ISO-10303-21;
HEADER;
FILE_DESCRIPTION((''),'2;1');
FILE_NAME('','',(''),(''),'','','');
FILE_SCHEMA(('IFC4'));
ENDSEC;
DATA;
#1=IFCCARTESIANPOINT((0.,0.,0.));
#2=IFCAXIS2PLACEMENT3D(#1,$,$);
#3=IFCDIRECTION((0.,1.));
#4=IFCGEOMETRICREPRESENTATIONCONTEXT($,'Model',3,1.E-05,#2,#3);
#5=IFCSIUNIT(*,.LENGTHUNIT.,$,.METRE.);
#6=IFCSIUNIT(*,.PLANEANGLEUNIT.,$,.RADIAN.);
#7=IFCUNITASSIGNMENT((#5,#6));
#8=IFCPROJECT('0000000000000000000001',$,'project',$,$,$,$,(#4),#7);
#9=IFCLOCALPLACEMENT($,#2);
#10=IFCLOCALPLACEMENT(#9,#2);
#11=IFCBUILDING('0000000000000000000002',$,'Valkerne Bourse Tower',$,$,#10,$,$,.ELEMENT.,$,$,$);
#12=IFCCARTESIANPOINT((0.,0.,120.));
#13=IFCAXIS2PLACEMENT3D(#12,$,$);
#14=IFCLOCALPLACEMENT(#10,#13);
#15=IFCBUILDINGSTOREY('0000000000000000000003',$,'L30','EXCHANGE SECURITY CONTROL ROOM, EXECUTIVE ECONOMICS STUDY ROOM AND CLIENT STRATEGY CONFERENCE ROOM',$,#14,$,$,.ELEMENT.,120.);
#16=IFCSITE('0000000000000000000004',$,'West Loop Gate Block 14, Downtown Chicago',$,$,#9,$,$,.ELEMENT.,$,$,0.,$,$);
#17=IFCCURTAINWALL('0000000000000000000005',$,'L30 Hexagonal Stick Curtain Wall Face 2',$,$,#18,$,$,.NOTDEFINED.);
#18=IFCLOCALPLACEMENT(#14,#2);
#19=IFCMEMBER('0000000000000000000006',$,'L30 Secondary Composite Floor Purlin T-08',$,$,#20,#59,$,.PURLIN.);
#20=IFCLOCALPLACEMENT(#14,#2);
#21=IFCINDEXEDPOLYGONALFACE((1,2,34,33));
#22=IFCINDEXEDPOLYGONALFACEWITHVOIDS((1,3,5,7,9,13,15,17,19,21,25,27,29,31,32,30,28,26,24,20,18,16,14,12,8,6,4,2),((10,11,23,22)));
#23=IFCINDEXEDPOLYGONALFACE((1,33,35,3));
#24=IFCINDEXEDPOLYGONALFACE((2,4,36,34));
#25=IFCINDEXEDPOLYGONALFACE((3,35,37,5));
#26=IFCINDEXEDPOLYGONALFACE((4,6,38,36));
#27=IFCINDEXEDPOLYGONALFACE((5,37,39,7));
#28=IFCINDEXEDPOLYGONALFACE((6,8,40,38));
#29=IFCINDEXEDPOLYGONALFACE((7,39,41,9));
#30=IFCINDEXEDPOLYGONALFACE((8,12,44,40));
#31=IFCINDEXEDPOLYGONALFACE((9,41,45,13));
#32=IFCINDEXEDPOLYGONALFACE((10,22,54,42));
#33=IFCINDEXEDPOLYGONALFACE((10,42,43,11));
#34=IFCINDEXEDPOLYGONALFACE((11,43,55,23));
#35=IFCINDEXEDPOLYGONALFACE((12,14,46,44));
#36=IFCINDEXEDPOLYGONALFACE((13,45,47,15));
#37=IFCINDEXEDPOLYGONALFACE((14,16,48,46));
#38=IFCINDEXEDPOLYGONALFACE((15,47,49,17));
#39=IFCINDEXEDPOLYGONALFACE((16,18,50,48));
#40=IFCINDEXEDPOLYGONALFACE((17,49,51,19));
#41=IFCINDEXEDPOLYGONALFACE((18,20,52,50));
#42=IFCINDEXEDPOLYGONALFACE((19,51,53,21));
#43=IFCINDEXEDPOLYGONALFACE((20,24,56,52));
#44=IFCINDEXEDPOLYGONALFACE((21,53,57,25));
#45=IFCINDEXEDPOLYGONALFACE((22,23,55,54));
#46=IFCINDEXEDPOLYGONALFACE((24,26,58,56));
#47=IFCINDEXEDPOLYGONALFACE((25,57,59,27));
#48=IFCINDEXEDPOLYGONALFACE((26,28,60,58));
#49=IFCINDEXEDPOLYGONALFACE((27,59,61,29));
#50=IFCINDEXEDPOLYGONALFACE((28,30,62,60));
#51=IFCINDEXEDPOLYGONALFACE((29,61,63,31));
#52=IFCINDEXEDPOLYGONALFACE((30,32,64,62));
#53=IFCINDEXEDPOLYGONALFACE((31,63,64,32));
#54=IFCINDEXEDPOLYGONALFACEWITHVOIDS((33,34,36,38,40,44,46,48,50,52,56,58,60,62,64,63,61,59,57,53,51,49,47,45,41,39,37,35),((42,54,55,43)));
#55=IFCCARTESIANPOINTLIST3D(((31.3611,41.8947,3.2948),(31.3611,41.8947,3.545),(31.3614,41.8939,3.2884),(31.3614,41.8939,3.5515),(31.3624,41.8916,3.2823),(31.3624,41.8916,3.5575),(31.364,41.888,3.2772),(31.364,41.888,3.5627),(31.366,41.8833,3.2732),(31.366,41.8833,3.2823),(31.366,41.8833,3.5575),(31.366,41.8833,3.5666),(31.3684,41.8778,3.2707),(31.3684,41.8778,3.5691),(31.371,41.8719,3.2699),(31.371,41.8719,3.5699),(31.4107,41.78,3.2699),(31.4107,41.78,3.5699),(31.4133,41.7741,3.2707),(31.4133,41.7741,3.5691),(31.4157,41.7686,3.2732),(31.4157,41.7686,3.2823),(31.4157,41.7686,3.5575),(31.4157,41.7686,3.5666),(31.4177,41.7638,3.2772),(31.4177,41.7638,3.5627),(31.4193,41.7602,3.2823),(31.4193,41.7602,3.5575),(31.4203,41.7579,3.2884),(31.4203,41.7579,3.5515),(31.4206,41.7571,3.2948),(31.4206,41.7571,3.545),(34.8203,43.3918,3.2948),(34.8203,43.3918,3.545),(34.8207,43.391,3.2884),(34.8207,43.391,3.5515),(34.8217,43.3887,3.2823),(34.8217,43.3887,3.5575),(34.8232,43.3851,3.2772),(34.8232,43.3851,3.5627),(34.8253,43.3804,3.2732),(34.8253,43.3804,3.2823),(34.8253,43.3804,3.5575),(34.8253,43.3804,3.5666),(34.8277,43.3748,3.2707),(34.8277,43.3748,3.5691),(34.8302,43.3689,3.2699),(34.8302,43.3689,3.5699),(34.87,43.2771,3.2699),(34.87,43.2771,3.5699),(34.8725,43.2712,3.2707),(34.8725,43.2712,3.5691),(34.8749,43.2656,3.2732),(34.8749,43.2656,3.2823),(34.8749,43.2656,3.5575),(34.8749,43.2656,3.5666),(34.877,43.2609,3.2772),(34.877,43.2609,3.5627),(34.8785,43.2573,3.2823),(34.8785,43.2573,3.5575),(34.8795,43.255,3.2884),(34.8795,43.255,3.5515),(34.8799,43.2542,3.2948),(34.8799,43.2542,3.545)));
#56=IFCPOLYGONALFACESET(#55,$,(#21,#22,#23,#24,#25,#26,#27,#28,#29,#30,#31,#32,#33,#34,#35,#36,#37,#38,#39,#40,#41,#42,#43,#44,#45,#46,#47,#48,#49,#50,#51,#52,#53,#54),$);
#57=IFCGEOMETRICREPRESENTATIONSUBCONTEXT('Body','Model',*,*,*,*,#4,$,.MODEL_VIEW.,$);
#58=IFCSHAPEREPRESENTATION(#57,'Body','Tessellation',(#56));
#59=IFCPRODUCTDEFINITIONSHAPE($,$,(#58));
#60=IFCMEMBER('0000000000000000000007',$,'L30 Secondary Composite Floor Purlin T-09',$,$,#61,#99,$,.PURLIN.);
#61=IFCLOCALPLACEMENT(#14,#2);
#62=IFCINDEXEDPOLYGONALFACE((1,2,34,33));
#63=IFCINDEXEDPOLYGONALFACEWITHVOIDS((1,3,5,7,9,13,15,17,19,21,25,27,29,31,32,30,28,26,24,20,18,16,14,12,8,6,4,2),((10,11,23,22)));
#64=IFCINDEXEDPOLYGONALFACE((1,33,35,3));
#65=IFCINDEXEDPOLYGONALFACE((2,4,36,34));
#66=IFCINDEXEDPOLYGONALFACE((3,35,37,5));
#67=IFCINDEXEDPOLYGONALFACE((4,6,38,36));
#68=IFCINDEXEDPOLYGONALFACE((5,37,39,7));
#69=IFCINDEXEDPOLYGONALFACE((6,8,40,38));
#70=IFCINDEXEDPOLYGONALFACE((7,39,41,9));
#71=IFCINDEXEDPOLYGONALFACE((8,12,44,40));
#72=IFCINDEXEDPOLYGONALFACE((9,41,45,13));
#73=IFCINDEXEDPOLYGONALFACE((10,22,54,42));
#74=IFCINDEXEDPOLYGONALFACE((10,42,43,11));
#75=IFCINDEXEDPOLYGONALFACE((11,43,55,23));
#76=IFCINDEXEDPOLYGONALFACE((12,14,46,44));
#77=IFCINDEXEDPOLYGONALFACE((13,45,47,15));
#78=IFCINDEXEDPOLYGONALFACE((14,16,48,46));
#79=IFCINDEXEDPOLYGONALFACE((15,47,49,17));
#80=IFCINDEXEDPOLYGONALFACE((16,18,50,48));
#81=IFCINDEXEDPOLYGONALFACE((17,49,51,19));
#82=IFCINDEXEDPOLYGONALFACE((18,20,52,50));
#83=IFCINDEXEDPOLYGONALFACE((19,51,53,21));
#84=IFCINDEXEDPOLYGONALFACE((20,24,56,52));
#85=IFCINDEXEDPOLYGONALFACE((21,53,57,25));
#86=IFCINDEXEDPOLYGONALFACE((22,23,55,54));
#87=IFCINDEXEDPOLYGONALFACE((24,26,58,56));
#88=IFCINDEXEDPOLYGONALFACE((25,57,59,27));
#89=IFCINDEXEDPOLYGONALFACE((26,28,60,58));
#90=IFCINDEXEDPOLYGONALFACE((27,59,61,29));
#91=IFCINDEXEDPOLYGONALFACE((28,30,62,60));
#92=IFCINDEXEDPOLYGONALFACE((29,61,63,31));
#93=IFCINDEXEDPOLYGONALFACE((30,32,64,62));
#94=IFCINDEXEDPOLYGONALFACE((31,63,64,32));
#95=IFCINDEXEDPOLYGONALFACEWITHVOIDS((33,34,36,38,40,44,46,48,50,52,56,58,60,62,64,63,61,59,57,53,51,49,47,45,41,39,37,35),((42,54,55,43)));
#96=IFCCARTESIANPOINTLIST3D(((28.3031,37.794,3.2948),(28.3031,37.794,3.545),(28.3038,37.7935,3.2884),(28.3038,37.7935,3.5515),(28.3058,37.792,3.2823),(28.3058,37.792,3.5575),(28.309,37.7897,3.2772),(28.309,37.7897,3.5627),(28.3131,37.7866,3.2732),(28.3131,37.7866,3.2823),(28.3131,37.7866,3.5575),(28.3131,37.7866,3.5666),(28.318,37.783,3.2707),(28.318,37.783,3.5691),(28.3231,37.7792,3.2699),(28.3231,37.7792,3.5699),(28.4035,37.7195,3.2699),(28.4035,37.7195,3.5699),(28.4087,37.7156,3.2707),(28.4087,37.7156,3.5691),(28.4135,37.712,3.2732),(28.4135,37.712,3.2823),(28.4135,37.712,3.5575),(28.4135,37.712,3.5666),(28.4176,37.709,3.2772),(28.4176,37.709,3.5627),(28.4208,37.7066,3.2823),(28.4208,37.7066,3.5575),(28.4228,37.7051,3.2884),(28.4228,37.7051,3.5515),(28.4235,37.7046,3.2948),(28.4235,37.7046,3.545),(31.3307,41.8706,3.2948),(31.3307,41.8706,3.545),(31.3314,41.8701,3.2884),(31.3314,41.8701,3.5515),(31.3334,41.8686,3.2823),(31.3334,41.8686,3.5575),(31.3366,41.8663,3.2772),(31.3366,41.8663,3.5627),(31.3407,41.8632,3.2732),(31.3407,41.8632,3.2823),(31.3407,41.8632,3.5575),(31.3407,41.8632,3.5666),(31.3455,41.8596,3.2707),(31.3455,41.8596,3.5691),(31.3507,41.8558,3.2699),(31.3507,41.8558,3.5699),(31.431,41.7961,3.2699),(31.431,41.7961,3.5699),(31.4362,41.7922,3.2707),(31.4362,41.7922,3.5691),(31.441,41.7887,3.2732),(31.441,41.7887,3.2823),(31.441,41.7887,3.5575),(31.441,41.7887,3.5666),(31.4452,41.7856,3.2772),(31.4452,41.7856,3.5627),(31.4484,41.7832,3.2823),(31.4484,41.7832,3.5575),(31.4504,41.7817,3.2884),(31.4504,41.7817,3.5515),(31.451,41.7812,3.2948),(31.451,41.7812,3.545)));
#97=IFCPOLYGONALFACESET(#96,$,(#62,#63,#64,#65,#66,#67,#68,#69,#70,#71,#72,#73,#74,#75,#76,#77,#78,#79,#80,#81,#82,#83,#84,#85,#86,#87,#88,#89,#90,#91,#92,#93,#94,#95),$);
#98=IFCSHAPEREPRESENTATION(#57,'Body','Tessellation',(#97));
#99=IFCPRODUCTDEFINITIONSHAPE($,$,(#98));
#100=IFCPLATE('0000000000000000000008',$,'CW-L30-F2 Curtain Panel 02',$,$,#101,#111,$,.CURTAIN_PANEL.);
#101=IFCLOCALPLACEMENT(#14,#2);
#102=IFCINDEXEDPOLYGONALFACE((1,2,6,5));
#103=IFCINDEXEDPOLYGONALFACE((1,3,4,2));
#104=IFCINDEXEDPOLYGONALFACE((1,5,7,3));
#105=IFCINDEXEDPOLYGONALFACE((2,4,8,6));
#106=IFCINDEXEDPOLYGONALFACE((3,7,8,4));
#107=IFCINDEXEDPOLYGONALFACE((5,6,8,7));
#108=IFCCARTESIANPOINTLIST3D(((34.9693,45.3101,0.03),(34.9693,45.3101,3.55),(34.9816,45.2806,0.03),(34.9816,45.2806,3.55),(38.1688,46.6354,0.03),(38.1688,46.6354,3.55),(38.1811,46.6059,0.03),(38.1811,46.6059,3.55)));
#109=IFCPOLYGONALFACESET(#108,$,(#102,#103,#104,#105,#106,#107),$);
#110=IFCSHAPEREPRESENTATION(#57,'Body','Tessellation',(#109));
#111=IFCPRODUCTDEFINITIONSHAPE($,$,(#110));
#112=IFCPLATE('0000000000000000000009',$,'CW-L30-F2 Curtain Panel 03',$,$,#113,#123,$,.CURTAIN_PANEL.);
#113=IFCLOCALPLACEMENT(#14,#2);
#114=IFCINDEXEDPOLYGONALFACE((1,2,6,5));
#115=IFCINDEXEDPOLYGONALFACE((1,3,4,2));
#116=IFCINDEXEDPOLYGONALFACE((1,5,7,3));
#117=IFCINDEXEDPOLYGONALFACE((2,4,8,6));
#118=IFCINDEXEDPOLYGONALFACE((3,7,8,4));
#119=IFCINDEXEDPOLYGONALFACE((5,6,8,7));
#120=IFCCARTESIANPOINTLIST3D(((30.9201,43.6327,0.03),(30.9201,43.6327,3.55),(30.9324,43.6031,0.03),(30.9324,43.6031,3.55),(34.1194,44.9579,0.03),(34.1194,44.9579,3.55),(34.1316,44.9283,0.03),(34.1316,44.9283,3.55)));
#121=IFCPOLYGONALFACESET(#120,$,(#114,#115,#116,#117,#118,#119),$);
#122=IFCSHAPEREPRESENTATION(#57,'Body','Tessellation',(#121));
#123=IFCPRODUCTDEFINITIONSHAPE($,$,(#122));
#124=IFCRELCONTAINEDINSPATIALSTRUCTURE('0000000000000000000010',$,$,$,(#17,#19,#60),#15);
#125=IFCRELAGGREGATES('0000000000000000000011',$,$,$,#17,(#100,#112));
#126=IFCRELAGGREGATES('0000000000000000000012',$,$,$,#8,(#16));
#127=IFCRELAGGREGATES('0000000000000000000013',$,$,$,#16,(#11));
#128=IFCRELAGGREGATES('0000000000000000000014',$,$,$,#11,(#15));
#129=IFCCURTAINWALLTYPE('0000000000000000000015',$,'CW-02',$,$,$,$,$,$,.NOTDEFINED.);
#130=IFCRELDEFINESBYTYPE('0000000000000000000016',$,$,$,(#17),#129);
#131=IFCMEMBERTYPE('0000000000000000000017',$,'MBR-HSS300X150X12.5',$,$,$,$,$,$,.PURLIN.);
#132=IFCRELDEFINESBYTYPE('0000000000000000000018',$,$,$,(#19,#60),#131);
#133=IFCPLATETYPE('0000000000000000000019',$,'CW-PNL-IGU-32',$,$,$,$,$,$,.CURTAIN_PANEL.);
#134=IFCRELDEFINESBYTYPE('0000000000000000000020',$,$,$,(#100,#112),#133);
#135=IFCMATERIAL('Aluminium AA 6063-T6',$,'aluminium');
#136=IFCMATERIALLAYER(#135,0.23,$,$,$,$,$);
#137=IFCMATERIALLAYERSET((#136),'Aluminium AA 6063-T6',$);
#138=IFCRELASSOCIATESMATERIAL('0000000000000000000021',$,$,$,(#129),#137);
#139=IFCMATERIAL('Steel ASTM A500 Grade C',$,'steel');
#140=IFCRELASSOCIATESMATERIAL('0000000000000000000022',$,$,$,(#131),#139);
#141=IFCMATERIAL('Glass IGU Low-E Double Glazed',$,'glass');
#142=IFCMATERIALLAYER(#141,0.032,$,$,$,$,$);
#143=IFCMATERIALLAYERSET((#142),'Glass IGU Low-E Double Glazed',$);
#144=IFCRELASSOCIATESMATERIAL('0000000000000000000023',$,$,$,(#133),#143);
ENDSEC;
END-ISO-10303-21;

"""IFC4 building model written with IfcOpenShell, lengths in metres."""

from ifc_helpers import new_model, si_unit, direction, frame, origin, origin_2d, place, context, subcontext, project, spatial, rectangle, hollow_rectangle, extrude, material, layer, layer_set, material_profile, profile_set, type_object, element, aggregate, save


model = new_model("IFC4")

# Units and contexts
model_context = context("Model", 3, precision=1e-05, world=origin(), true_north=direction((0.0, 1.0)))
body_context = subcontext(model_context, "Body", "Model", "MODEL_VIEW")
ifc_project = project(units=[si_unit("LENGTHUNIT", "METRE"), si_unit("PLANEANGLEUNIT", "RADIAN")], contexts=[model_context])

# Site, building, storey
site_placement = place(None, origin())
site = spatial("IfcSite", under=ifc_project, at=site_placement, Name="West Loop Gate Block 14, Downtown Chicago", CompositionType="ELEMENT", RefElevation=0.0)
building_placement = place(site_placement, origin())
building = spatial("IfcBuilding", under=site, at=building_placement, Name="Valkerne Bourse Tower", CompositionType="ELEMENT")
storey_placement = place(building_placement, frame((0.0, 0.0, 120.0)))
storey = spatial("IfcBuildingStorey", under=building, at=storey_placement, Name="L30", Description="EXCHANGE SECURITY CONTROL ROOM, EXECUTIVE ECONOMICS STUDY ROOM AND CLIENT STRATEGY CONFERENCE ROOM", CompositionType="ELEMENT", Elevation=120.0)

# Curtain wall
ifc_material_1 = material(Name="Aluminium AA 6063-T6", Category="aluminium")
ifc_layer_1 = layer(ifc_material_1, 0.23)
ifc_layer_set_1 = layer_set([ifc_layer_1], Name="Aluminium AA 6063-T6")
curtain_wall_type = type_object("IfcCurtainWallType", Name="CW-02", PredefinedType="NOTDEFINED", material=ifc_layer_set_1)
curtain_wall_1_placement = place(storey_placement, origin())
curtain_wall_1 = element("IfcCurtainWall", 1, at=curtain_wall_1_placement, inside=storey, type_object=curtain_wall_type, Name="L30 Hexagonal Stick Curtain Wall Face 2", PredefinedType="NOTDEFINED")

# Members
ifc_material_2 = material(Name="Steel ASTM A500 Grade C", Category="steel")
ifc_material_profile_1 = material_profile(ifc_material_2, hollow_rectangle(XDim=0.1499, YDim=0.3, WallThickness=0.0125, OuterFilletRadius=0.0249, at=origin_2d()), Name="HSS300X150X12.5")
ifc_profile_set_1 = profile_set([ifc_material_profile_1], Name="Steel ASTM A500 Grade C")
member_type_1 = type_object("IfcMemberType", Name="MBR-HSS300X150X12.5", PredefinedType="PURLIN", material=ifc_profile_set_1)
member_1_placement = place(storey_placement, frame((34.8501, 43.323, 3.4199), z_axis=(-0.917742, -0.397177, 0.0), x_axis=(0.397177, -0.917742, 0.0)))
element("IfcMember", 2, at=member_1_placement, inside=storey, type_object=member_type_1, Name="L30 Secondary Composite Floor Purlin T-08", PredefinedType="PURLIN", context=body_context, shape_type="SweptSolid", body=[
    extrude(hollow_rectangle(XDim=0.1499, YDim=0.3, WallThickness=0.0125, OuterFilletRadius=0.0249, at=origin_2d()), origin(), (0.0, 0.0, 1.0), 3.7693),
])
member_2_placement = place(storey_placement, frame((31.3909, 41.8259, 3.4199), z_axis=(-0.596224, -0.802818, 0.0), x_axis=(0.802818, -0.596224, 0.0)))
element("IfcMember", 3, at=member_2_placement, inside=storey, type_object=member_type_1, Name="L30 Secondary Composite Floor Purlin T-09", PredefinedType="PURLIN", context=body_context, shape_type="SweptSolid", body=[
    extrude(hollow_rectangle(XDim=0.1499, YDim=0.3, WallThickness=0.0125, OuterFilletRadius=0.0249, at=origin_2d()), origin(), (0.0, 0.0, 1.0), 5.0779),
])

# Plates
ifc_material_3 = material(Name="Glass IGU Low-E Double Glazed", Category="glass")
ifc_layer_2 = layer(ifc_material_3, 0.032)
ifc_layer_set_2 = layer_set([ifc_layer_2], Name="Glass IGU Low-E Double Glazed")
plate_type = type_object("IfcPlateType", Name="CW-PNL-IGU-32", PredefinedType="CURTAIN_PANEL", material=ifc_layer_set_2)
plate_1_placement = place(storey_placement, frame((36.5752, 45.958, 0.03), z_axis=(0.0, 0.0, 1.0), x_axis=(-0.923881, -0.38268, 0.0)))
plate_1 = element("IfcPlate", 4, at=plate_1_placement, type_object=plate_type, Name="CW-L30-F2 Curtain Panel 02", PredefinedType="CURTAIN_PANEL", context=body_context, shape_type="SweptSolid", body=[
    extrude(rectangle(XDim=3.4631, YDim=0.032, at=origin_2d()), origin(), (0.0, 0.0, 1.0), 3.52),
])
plate_2_placement = place(storey_placement, frame((32.5259, 44.2805, 0.03), z_axis=(0.0, 0.0, 1.0), x_axis=(-0.923878, -0.382688, 0.0)))
plate_2 = element("IfcPlate", 5, at=plate_2_placement, type_object=plate_type, Name="CW-L30-F2 Curtain Panel 03", PredefinedType="CURTAIN_PANEL", context=body_context, shape_type="SweptSolid", body=[
    extrude(rectangle(XDim=3.4629, YDim=0.032, at=origin_2d()), origin(), (0.0, 0.0, 1.0), 3.52),
])
aggregate(curtain_wall_1, [plate_1, plate_2])

save(model, "model.ifc")
